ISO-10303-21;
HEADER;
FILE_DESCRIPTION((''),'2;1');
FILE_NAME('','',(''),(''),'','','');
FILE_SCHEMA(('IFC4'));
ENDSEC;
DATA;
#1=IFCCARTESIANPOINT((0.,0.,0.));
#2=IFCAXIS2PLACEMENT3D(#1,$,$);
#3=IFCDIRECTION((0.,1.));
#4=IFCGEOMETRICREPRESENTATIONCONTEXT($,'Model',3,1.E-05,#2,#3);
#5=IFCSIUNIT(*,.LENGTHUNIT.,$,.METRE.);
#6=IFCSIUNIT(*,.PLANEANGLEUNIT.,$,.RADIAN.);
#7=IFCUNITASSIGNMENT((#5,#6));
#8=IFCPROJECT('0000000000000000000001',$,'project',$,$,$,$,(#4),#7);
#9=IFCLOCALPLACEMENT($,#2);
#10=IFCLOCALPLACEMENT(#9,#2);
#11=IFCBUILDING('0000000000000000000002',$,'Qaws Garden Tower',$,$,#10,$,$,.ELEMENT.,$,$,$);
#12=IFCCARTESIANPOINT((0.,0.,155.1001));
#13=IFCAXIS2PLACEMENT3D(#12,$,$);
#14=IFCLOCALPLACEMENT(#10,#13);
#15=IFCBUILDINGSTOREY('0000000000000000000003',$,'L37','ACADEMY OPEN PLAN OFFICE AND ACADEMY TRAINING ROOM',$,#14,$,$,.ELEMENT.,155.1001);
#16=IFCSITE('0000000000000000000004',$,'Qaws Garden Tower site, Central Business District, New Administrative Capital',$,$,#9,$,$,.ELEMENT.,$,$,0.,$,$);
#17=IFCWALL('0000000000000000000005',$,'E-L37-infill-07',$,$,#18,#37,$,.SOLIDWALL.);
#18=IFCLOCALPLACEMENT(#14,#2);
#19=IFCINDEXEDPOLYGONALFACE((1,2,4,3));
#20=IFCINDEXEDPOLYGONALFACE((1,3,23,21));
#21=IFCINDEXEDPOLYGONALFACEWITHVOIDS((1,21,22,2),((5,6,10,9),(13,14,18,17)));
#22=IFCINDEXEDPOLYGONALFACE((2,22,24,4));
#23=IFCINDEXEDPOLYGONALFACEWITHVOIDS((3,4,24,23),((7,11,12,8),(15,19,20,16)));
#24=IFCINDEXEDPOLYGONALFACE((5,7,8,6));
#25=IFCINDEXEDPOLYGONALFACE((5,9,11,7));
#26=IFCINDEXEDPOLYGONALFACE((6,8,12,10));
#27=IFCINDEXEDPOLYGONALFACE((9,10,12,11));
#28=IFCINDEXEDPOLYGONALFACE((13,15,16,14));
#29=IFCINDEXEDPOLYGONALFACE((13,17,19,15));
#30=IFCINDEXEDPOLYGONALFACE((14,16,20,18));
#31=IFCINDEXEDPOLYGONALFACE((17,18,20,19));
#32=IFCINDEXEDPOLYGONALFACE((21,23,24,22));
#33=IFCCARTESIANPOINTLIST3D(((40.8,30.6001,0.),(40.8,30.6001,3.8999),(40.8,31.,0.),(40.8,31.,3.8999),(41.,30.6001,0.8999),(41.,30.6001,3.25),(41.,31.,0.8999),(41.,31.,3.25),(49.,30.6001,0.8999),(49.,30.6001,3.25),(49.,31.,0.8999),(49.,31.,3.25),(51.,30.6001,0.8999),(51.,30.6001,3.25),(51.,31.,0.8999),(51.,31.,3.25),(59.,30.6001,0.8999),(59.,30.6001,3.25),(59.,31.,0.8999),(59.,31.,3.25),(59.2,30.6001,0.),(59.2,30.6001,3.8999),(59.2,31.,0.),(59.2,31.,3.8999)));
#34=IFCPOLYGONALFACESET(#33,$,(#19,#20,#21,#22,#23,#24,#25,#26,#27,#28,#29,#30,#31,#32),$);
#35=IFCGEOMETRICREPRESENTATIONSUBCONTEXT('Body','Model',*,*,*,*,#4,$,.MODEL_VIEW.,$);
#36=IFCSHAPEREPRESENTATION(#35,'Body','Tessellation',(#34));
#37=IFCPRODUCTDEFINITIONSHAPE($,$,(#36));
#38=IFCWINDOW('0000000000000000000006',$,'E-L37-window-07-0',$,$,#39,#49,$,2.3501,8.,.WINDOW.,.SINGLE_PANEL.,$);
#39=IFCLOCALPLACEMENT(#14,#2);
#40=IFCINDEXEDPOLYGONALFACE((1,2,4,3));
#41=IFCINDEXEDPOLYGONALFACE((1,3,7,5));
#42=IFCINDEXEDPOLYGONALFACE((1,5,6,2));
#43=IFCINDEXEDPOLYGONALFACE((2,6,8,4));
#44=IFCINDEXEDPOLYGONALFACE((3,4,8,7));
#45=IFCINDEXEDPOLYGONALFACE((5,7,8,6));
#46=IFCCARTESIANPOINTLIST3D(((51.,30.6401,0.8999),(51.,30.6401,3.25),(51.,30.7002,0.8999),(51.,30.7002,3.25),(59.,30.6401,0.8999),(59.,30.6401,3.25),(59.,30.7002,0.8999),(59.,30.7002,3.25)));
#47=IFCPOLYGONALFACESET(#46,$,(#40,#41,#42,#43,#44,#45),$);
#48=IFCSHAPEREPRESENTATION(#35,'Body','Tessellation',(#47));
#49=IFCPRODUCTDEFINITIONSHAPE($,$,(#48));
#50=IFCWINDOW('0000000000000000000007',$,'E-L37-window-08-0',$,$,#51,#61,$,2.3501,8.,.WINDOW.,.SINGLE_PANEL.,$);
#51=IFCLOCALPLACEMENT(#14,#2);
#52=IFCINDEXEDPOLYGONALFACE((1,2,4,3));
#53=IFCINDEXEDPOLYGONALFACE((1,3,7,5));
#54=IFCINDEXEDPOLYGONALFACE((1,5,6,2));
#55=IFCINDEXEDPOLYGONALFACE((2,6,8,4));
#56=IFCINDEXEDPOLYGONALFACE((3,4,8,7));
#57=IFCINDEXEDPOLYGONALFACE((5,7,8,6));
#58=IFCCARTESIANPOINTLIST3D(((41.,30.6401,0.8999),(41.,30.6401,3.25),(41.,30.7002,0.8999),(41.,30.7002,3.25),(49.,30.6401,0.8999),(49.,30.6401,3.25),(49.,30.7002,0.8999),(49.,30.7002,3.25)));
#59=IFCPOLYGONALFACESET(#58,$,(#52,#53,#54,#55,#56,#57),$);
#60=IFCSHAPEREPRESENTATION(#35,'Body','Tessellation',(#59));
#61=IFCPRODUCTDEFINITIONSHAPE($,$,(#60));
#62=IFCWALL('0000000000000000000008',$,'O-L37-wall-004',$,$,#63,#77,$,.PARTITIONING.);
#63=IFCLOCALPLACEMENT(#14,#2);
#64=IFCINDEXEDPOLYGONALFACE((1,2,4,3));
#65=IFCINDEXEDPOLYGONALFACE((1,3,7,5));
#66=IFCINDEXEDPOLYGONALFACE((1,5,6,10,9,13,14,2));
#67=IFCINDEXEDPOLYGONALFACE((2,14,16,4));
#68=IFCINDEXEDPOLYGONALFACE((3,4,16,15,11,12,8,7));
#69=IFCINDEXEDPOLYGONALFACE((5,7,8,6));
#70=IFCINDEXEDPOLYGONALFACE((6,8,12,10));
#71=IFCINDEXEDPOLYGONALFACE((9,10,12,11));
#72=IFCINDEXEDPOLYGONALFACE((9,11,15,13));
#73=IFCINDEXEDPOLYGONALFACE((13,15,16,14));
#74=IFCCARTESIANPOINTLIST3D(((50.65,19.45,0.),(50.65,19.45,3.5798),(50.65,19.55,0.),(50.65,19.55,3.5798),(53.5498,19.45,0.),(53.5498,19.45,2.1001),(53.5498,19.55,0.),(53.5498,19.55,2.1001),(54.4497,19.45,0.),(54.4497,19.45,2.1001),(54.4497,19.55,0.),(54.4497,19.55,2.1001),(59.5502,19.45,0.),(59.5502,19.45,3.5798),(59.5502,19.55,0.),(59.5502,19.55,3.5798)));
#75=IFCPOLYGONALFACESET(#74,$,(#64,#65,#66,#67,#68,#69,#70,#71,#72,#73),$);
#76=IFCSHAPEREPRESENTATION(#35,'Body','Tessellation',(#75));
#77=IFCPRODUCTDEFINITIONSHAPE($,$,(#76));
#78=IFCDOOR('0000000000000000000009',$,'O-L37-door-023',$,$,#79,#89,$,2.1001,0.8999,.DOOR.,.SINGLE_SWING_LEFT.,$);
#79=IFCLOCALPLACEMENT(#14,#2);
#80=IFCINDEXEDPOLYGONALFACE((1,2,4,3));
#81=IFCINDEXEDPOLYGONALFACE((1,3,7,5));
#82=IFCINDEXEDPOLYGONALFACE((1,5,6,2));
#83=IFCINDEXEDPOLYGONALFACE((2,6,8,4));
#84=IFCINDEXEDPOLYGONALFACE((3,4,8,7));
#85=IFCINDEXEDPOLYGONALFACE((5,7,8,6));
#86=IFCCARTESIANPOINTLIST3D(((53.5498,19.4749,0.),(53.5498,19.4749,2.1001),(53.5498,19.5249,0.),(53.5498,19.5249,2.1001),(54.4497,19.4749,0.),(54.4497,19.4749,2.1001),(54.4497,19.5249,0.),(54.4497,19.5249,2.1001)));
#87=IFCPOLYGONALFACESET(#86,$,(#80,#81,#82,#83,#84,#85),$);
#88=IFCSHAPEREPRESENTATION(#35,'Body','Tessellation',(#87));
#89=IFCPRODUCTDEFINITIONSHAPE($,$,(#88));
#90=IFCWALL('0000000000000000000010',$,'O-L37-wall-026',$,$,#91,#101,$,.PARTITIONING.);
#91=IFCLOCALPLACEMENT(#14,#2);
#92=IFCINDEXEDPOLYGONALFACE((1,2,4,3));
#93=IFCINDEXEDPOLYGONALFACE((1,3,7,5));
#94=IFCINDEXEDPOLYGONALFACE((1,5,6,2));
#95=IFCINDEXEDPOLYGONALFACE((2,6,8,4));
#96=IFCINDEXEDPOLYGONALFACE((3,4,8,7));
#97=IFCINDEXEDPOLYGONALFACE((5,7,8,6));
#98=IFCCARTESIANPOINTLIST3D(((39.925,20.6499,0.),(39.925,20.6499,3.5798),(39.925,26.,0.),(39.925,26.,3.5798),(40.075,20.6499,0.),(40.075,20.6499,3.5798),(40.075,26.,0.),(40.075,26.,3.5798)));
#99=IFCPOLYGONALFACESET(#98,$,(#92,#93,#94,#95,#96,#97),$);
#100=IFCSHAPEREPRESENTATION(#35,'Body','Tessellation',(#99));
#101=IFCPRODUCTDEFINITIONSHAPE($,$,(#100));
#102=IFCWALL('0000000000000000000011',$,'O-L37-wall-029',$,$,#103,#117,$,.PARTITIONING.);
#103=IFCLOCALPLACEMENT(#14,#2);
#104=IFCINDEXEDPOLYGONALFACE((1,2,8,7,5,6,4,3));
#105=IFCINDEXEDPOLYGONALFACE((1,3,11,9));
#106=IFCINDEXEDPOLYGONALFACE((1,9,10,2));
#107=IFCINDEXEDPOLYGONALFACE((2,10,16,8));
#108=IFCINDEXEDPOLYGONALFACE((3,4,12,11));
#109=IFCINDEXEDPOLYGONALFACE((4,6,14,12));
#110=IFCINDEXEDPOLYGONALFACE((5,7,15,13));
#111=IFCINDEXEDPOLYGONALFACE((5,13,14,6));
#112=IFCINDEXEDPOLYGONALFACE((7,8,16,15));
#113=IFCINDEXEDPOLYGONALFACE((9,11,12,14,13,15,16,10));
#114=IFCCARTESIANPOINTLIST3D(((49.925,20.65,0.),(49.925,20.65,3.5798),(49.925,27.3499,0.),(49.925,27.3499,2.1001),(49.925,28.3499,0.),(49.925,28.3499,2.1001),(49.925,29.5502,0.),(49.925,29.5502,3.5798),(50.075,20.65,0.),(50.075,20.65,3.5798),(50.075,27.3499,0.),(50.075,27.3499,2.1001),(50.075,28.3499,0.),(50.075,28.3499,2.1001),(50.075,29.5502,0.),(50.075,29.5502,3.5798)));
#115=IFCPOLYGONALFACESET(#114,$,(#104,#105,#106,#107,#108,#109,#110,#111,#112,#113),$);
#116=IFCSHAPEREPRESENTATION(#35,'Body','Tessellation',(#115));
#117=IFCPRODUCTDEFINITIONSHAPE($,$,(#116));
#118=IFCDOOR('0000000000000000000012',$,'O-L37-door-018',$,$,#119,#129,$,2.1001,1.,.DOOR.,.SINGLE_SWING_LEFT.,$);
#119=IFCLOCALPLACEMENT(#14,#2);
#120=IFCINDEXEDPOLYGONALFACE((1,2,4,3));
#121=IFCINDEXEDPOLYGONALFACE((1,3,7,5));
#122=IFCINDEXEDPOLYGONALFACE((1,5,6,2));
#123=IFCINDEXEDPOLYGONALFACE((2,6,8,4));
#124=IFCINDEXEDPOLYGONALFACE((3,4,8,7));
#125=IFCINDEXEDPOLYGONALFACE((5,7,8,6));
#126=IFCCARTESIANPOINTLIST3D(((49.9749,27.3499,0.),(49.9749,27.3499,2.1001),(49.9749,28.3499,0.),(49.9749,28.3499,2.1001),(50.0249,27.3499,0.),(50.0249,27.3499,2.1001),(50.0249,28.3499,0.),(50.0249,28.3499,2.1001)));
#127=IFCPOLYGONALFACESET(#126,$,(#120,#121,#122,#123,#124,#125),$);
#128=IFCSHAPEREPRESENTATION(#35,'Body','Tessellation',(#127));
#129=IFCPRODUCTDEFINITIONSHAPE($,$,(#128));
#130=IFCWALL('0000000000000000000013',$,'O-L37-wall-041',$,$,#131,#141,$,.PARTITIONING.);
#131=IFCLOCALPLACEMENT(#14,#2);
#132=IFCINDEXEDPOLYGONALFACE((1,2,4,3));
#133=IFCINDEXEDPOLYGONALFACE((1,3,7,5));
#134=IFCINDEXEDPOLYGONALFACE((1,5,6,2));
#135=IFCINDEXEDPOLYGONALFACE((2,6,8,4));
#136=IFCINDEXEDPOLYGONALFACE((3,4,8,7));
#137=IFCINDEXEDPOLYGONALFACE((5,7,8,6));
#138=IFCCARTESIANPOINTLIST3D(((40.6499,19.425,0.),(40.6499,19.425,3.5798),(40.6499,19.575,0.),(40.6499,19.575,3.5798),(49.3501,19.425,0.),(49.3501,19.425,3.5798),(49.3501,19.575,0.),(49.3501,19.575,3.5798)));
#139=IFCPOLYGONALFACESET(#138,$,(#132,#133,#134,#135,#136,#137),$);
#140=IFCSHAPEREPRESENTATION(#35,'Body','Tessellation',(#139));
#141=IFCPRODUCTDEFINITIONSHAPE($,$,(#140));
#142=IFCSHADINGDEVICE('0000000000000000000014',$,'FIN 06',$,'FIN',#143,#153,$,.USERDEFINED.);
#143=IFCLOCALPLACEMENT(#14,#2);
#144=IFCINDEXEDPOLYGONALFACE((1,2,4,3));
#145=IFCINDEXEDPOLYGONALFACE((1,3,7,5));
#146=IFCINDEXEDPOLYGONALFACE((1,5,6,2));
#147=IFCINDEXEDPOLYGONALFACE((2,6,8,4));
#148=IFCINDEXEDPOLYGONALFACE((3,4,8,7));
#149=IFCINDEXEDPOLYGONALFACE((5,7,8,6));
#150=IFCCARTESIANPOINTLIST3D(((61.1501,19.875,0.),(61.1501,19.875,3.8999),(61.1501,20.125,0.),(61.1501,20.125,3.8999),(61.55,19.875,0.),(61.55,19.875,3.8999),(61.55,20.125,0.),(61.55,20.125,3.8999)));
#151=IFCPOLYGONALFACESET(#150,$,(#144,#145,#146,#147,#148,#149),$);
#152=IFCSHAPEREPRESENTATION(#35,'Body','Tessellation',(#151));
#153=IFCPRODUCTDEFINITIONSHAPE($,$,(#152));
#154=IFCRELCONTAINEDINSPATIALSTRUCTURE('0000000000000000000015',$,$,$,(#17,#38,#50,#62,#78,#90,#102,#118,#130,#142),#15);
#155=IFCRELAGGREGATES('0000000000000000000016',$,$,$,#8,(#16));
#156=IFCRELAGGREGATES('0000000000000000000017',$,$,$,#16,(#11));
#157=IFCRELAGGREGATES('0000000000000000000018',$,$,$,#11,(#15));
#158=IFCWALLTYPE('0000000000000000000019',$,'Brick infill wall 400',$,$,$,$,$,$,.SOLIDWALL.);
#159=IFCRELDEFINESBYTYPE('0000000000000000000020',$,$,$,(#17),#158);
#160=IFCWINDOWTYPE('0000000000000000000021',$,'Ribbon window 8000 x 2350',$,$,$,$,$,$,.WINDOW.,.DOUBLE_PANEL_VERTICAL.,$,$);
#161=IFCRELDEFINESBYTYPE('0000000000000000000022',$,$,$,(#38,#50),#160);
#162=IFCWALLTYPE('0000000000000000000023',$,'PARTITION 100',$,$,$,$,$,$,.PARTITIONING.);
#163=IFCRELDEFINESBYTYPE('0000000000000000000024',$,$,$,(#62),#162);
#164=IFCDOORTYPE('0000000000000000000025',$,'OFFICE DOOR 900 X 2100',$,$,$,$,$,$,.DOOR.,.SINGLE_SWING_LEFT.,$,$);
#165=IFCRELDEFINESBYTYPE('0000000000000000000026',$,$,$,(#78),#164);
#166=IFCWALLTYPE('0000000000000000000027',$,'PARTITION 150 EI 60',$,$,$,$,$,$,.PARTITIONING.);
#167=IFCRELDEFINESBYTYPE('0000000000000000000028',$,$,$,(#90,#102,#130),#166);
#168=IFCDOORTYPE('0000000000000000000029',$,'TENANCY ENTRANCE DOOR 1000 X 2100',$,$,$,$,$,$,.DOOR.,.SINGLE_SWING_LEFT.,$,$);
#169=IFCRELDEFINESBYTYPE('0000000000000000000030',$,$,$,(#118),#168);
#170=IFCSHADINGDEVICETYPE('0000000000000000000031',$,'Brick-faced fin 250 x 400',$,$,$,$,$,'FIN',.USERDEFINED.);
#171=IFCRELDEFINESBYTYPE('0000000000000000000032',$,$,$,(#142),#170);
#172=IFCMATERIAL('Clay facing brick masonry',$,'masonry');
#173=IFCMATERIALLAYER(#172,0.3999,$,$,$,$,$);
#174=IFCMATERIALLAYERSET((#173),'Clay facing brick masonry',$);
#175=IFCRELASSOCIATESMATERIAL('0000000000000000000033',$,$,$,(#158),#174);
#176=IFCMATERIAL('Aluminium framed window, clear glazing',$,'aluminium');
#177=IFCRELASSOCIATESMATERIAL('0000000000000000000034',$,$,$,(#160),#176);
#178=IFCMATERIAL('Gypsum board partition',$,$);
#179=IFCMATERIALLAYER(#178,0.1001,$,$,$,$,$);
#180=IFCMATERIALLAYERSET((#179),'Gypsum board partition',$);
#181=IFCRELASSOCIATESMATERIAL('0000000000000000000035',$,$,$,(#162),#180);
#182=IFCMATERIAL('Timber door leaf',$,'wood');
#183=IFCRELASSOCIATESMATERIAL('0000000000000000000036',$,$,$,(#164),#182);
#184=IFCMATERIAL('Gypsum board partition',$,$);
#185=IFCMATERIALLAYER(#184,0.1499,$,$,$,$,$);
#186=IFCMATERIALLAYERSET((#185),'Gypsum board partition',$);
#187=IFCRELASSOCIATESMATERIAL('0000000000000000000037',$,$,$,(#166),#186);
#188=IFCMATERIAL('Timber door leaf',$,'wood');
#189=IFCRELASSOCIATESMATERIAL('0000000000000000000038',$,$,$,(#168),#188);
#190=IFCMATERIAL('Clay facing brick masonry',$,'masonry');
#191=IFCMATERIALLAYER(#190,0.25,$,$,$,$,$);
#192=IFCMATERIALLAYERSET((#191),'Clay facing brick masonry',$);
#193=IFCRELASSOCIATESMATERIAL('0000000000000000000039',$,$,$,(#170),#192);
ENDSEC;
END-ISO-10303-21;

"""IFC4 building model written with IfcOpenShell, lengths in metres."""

from ifc_helpers import new_model, si_unit, direction, frame, frame_2d, origin, origin_2d, place, context, subcontext, project, spatial, rectangle, extrude, material, layer, layer_set, type_object, element, fill, save


model = new_model("IFC4")

# Units and contexts
model_context = context("Model", 3, precision=1e-05, world=origin(), true_north=direction((0.0, 1.0)))
body_context = subcontext(model_context, "Body", "Model", "MODEL_VIEW")
ifc_project = project(units=[si_unit("LENGTHUNIT", "METRE"), si_unit("PLANEANGLEUNIT", "RADIAN")], contexts=[model_context])

# Site, building, storey
site_placement = place(None, origin())
site = spatial("IfcSite", under=ifc_project, at=site_placement, Name="Qaws Garden Tower site, Central Business District, New Administrative Capital", CompositionType="ELEMENT", RefElevation=0.0)
building_placement = place(site_placement, origin())
building = spatial("IfcBuilding", under=site, at=building_placement, Name="Qaws Garden Tower", CompositionType="ELEMENT")
storey_placement = place(building_placement, frame((0.0, 0.0, 155.1001)))
storey = spatial("IfcBuildingStorey", under=building, at=storey_placement, Name="L37", Description="ACADEMY OPEN PLAN OFFICE AND ACADEMY TRAINING ROOM", CompositionType="ELEMENT", Elevation=155.1001)

# Wall, openings, windows
ifc_material_1 = material(Name="Clay facing brick masonry", Category="masonry")
ifc_layer_1 = layer(ifc_material_1, 0.3999)
ifc_layer_set_1 = layer_set([ifc_layer_1], Name="Clay facing brick masonry")
wall_type_1 = type_object("IfcWallType", Name="Brick infill wall 400", PredefinedType="SOLIDWALL", material=ifc_layer_set_1)
wall_1_placement = place(storey_placement, frame((59.2, 30.8, 0.0), z_axis=(0.0, 0.0, 1.0), x_axis=(-1.0, 0.0, 0.0)))
wall_1 = element("IfcWall", 1, at=wall_1_placement, inside=storey, type_object=wall_type_1, Name="E-L37-infill-07", PredefinedType="SOLIDWALL", context=body_context, shape_type="SweptSolid", body=[
    extrude(rectangle(XDim=18.3999, YDim=0.3999, at=frame_2d((9.2, 0.0))), origin(), (0.0, 0.0, 1.0), 3.8999),
])
opening_1_placement = place(wall_1_placement, frame((0.2, 0.0, 0.8999)))
opening_1 = element("IfcOpeningElement", 2, at=opening_1_placement, cuts=wall_1, PredefinedType="OPENING", context=body_context, shape_type="SweptSolid", body=[
    extrude(rectangle(XDim=8.0, YDim=2.3501, at=frame_2d((4.0, 1.175))), frame((0.0, 0.21, 0.0), z_axis=(0.0, -1.0, 0.0), x_axis=(1.0, 0.0, 0.0)), (0.0, 0.0, 1.0), 0.4199),
])
opening_2_placement = place(wall_1_placement, frame((10.2, 0.0, 0.8999)))
opening_2 = element("IfcOpeningElement", 3, at=opening_2_placement, cuts=wall_1, PredefinedType="OPENING", context=body_context, shape_type="SweptSolid", body=[
    extrude(rectangle(XDim=8.0, YDim=2.3501, at=frame_2d((4.0, 1.175))), frame((0.0, 0.21, 0.0), z_axis=(0.0, -1.0, 0.0), x_axis=(1.0, 0.0, 0.0)), (0.0, 0.0, 1.0), 0.4199),
])
ifc_material_2 = material(Name="Aluminium framed window, clear glazing", Category="aluminium")
window_type = type_object("IfcWindowType", Name="Ribbon window 8000 x 2350", PartitioningType="DOUBLE_PANEL_VERTICAL", PredefinedType="WINDOW", material=ifc_material_2)
window_1_placement = place(opening_1_placement, origin())
window_1 = element("IfcWindow", 4, at=window_1_placement, inside=storey, type_object=window_type, Name="E-L37-window-07-0", OverallHeight=2.3501, OverallWidth=8.0, PartitioningType="SINGLE_PANEL", PredefinedType="WINDOW", context=body_context, shape_type="SweptSolid", body=[
    extrude(rectangle(XDim=8.0, YDim=2.3501, at=frame_2d((4.0, 1.175))), frame((0.0, 0.1599, 0.0), z_axis=(0.0, -1.0, 0.0), x_axis=(1.0, 0.0, 0.0)), (0.0, 0.0, 1.0), 0.0601),
])
fill(opening_1, window_1)
window_2_placement = place(opening_2_placement, origin())
window_2 = element("IfcWindow", 5, at=window_2_placement, inside=storey, type_object=window_type, Name="E-L37-window-08-0", OverallHeight=2.3501, OverallWidth=8.0, PartitioningType="SINGLE_PANEL", PredefinedType="WINDOW", context=body_context, shape_type="SweptSolid", body=[
    extrude(rectangle(XDim=8.0, YDim=2.3501, at=frame_2d((4.0, 1.175))), frame((0.0, 0.1599, 0.0), z_axis=(0.0, -1.0, 0.0), x_axis=(1.0, 0.0, 0.0)), (0.0, 0.0, 1.0), 0.0601),
])
fill(opening_2, window_2)

# Wall, opening, door
ifc_material_3 = material(Name="Gypsum board partition")
ifc_layer_2 = layer(ifc_material_3, 0.1001)
ifc_layer_set_2 = layer_set([ifc_layer_2], Name="Gypsum board partition")
wall_type_2 = type_object("IfcWallType", Name="PARTITION 100", PredefinedType="PARTITIONING", material=ifc_layer_set_2)
wall_2_placement = place(storey_placement, frame((50.6499, 19.5, 0.0), z_axis=(0.0, 0.0, 1.0), x_axis=(1.0, 0.0, 0.0)))
wall_2 = element("IfcWall", 6, at=wall_2_placement, inside=storey, type_object=wall_type_2, Name="O-L37-wall-004", PredefinedType="PARTITIONING", context=body_context, shape_type="SweptSolid", body=[
    extrude(rectangle(XDim=8.9001, YDim=0.1001, at=frame_2d((4.4502, 0.0))), origin(), (0.0, 0.0, 1.0), 3.5798),
])
opening_3_placement = place(wall_2_placement, frame((2.8999, 0.0, 0.0)))
opening_3 = element("IfcOpeningElement", 7, at=opening_3_placement, cuts=wall_2, PredefinedType="OPENING", context=body_context, shape_type="SweptSolid", body=[
    extrude(rectangle(XDim=0.8999, YDim=2.1001, at=frame_2d((0.45, 1.05))), frame((0.0, 0.0601, 0.0), z_axis=(0.0, -1.0, 0.0), x_axis=(1.0, 0.0, 0.0)), (0.0, 0.0, 1.0), 0.1201),
])
ifc_material_4 = material(Name="Timber door leaf", Category="wood")
door_type_1 = type_object("IfcDoorType", Name="OFFICE DOOR 900 X 2100", OperationType="SINGLE_SWING_LEFT", PredefinedType="DOOR", material=ifc_material_4)
door_1_placement = place(opening_3_placement, origin())
door_1 = element("IfcDoor", 8, at=door_1_placement, inside=storey, type_object=door_type_1, Name="O-L37-door-023", OperationType="SINGLE_SWING_LEFT", OverallHeight=2.1001, OverallWidth=0.8999, PredefinedType="DOOR", context=body_context, shape_type="SweptSolid", body=[
    extrude(rectangle(XDim=0.8999, YDim=2.1001, at=frame_2d((0.45, 1.05))), frame((0.0, 0.0249, 0.0), z_axis=(0.0, -1.0, 0.0), x_axis=(1.0, 0.0, 0.0)), (0.0, 0.0, 1.0), 0.05),
])
fill(opening_3, door_1)

# Wall
ifc_material_5 = material(Name="Gypsum board partition")
ifc_layer_3 = layer(ifc_material_5, 0.1499)
ifc_layer_set_3 = layer_set([ifc_layer_3], Name="Gypsum board partition")
wall_type_3 = type_object("IfcWallType", Name="PARTITION 150 EI 60", PredefinedType="PARTITIONING", material=ifc_layer_set_3)
wall_3_placement = place(storey_placement, frame((40.0, 20.6499, 0.0), z_axis=(0.0, 0.0, 1.0), x_axis=(0.0, 1.0, 0.0)))
element("IfcWall", 9, at=wall_3_placement, inside=storey, type_object=wall_type_3, Name="O-L37-wall-026", PredefinedType="PARTITIONING", context=body_context, shape_type="SweptSolid", body=[
    extrude(rectangle(XDim=5.3501, YDim=0.1499, at=frame_2d((2.675, 0.0))), origin(), (0.0, 0.0, 1.0), 3.5798),
])

# Wall, opening, door
wall_4_placement = place(storey_placement, frame((50.0, 20.6499, 0.0), z_axis=(0.0, 0.0, 1.0), x_axis=(0.0, 1.0, 0.0)))
wall_4 = element("IfcWall", 10, at=wall_4_placement, inside=storey, type_object=wall_type_3, Name="O-L37-wall-029", PredefinedType="PARTITIONING", context=body_context, shape_type="SweptSolid", body=[
    extrude(rectangle(XDim=8.9001, YDim=0.1499, at=frame_2d((4.4502, 0.0))), origin(), (0.0, 0.0, 1.0), 3.5798),
])
opening_4_placement = place(wall_4_placement, frame((6.7, 0.0, 0.0)))
opening_4 = element("IfcOpeningElement", 11, at=opening_4_placement, cuts=wall_4, PredefinedType="OPENING", context=body_context, shape_type="SweptSolid", body=[
    extrude(rectangle(XDim=1.0, YDim=2.1001, at=frame_2d((0.5, 1.05))), frame((0.0, 0.085, 0.0), z_axis=(0.0, -1.0, 0.0), x_axis=(1.0, 0.0, 0.0)), (0.0, 0.0, 1.0), 0.1699),
])
ifc_material_6 = material(Name="Timber door leaf", Category="wood")
door_type_2 = type_object("IfcDoorType", Name="TENANCY ENTRANCE DOOR 1000 X 2100", OperationType="SINGLE_SWING_LEFT", PredefinedType="DOOR", material=ifc_material_6)
door_2_placement = place(opening_4_placement, frame((1.0, 0.0, 0.0), z_axis=(0.0, 0.0, 1.0), x_axis=(-1.0, 0.0, 0.0)))
door_2 = element("IfcDoor", 12, at=door_2_placement, inside=storey, type_object=door_type_2, Name="O-L37-door-018", OperationType="SINGLE_SWING_LEFT", OverallHeight=2.1001, OverallWidth=1.0, PredefinedType="DOOR", context=body_context, shape_type="SweptSolid", body=[
    extrude(rectangle(XDim=1.0, YDim=2.1001, at=frame_2d((0.5, 1.05))), frame((0.0, 0.0249, 0.0), z_axis=(0.0, -1.0, 0.0), x_axis=(1.0, 0.0, 0.0)), (0.0, 0.0, 1.0), 0.05),
])
fill(opening_4, door_2)

# Wall
wall_5_placement = place(storey_placement, frame((40.6499, 19.5, 0.0), z_axis=(0.0, 0.0, 1.0), x_axis=(1.0, 0.0, 0.0)))
element("IfcWall", 13, at=wall_5_placement, inside=storey, type_object=wall_type_3, Name="O-L37-wall-041", PredefinedType="PARTITIONING", context=body_context, shape_type="SweptSolid", body=[
    extrude(rectangle(XDim=8.7002, YDim=0.1499, at=frame_2d((4.3501, 0.0))), origin(), (0.0, 0.0, 1.0), 3.5798),
])

# Shading device
ifc_material_7 = material(Name="Clay facing brick masonry", Category="masonry")
ifc_layer_4 = layer(ifc_material_7, 0.25)
ifc_layer_set_4 = layer_set([ifc_layer_4], Name="Clay facing brick masonry")
shading_device_type = type_object("IfcShadingDeviceType", Name="Brick-faced fin 250 x 400", ElementType="FIN", PredefinedType="USERDEFINED", material=ifc_layer_set_4)
shading_device_placement = place(storey_placement, frame((61.3501, 20.0, 0.0), z_axis=(0.0, 0.0, 1.0), x_axis=(0.0, 1.0, 0.0)))
element("IfcShadingDevice", 14, at=shading_device_placement, inside=storey, type_object=shading_device_type, Name="FIN 06", ObjectType="FIN", PredefinedType="USERDEFINED", context=body_context, shape_type="SweptSolid", body=[
    extrude(rectangle(XDim=0.25, YDim=0.3999, at=origin_2d()), origin(), (0.0, 0.0, 1.0), 3.8999),
])

save(model, "model.ifc")
